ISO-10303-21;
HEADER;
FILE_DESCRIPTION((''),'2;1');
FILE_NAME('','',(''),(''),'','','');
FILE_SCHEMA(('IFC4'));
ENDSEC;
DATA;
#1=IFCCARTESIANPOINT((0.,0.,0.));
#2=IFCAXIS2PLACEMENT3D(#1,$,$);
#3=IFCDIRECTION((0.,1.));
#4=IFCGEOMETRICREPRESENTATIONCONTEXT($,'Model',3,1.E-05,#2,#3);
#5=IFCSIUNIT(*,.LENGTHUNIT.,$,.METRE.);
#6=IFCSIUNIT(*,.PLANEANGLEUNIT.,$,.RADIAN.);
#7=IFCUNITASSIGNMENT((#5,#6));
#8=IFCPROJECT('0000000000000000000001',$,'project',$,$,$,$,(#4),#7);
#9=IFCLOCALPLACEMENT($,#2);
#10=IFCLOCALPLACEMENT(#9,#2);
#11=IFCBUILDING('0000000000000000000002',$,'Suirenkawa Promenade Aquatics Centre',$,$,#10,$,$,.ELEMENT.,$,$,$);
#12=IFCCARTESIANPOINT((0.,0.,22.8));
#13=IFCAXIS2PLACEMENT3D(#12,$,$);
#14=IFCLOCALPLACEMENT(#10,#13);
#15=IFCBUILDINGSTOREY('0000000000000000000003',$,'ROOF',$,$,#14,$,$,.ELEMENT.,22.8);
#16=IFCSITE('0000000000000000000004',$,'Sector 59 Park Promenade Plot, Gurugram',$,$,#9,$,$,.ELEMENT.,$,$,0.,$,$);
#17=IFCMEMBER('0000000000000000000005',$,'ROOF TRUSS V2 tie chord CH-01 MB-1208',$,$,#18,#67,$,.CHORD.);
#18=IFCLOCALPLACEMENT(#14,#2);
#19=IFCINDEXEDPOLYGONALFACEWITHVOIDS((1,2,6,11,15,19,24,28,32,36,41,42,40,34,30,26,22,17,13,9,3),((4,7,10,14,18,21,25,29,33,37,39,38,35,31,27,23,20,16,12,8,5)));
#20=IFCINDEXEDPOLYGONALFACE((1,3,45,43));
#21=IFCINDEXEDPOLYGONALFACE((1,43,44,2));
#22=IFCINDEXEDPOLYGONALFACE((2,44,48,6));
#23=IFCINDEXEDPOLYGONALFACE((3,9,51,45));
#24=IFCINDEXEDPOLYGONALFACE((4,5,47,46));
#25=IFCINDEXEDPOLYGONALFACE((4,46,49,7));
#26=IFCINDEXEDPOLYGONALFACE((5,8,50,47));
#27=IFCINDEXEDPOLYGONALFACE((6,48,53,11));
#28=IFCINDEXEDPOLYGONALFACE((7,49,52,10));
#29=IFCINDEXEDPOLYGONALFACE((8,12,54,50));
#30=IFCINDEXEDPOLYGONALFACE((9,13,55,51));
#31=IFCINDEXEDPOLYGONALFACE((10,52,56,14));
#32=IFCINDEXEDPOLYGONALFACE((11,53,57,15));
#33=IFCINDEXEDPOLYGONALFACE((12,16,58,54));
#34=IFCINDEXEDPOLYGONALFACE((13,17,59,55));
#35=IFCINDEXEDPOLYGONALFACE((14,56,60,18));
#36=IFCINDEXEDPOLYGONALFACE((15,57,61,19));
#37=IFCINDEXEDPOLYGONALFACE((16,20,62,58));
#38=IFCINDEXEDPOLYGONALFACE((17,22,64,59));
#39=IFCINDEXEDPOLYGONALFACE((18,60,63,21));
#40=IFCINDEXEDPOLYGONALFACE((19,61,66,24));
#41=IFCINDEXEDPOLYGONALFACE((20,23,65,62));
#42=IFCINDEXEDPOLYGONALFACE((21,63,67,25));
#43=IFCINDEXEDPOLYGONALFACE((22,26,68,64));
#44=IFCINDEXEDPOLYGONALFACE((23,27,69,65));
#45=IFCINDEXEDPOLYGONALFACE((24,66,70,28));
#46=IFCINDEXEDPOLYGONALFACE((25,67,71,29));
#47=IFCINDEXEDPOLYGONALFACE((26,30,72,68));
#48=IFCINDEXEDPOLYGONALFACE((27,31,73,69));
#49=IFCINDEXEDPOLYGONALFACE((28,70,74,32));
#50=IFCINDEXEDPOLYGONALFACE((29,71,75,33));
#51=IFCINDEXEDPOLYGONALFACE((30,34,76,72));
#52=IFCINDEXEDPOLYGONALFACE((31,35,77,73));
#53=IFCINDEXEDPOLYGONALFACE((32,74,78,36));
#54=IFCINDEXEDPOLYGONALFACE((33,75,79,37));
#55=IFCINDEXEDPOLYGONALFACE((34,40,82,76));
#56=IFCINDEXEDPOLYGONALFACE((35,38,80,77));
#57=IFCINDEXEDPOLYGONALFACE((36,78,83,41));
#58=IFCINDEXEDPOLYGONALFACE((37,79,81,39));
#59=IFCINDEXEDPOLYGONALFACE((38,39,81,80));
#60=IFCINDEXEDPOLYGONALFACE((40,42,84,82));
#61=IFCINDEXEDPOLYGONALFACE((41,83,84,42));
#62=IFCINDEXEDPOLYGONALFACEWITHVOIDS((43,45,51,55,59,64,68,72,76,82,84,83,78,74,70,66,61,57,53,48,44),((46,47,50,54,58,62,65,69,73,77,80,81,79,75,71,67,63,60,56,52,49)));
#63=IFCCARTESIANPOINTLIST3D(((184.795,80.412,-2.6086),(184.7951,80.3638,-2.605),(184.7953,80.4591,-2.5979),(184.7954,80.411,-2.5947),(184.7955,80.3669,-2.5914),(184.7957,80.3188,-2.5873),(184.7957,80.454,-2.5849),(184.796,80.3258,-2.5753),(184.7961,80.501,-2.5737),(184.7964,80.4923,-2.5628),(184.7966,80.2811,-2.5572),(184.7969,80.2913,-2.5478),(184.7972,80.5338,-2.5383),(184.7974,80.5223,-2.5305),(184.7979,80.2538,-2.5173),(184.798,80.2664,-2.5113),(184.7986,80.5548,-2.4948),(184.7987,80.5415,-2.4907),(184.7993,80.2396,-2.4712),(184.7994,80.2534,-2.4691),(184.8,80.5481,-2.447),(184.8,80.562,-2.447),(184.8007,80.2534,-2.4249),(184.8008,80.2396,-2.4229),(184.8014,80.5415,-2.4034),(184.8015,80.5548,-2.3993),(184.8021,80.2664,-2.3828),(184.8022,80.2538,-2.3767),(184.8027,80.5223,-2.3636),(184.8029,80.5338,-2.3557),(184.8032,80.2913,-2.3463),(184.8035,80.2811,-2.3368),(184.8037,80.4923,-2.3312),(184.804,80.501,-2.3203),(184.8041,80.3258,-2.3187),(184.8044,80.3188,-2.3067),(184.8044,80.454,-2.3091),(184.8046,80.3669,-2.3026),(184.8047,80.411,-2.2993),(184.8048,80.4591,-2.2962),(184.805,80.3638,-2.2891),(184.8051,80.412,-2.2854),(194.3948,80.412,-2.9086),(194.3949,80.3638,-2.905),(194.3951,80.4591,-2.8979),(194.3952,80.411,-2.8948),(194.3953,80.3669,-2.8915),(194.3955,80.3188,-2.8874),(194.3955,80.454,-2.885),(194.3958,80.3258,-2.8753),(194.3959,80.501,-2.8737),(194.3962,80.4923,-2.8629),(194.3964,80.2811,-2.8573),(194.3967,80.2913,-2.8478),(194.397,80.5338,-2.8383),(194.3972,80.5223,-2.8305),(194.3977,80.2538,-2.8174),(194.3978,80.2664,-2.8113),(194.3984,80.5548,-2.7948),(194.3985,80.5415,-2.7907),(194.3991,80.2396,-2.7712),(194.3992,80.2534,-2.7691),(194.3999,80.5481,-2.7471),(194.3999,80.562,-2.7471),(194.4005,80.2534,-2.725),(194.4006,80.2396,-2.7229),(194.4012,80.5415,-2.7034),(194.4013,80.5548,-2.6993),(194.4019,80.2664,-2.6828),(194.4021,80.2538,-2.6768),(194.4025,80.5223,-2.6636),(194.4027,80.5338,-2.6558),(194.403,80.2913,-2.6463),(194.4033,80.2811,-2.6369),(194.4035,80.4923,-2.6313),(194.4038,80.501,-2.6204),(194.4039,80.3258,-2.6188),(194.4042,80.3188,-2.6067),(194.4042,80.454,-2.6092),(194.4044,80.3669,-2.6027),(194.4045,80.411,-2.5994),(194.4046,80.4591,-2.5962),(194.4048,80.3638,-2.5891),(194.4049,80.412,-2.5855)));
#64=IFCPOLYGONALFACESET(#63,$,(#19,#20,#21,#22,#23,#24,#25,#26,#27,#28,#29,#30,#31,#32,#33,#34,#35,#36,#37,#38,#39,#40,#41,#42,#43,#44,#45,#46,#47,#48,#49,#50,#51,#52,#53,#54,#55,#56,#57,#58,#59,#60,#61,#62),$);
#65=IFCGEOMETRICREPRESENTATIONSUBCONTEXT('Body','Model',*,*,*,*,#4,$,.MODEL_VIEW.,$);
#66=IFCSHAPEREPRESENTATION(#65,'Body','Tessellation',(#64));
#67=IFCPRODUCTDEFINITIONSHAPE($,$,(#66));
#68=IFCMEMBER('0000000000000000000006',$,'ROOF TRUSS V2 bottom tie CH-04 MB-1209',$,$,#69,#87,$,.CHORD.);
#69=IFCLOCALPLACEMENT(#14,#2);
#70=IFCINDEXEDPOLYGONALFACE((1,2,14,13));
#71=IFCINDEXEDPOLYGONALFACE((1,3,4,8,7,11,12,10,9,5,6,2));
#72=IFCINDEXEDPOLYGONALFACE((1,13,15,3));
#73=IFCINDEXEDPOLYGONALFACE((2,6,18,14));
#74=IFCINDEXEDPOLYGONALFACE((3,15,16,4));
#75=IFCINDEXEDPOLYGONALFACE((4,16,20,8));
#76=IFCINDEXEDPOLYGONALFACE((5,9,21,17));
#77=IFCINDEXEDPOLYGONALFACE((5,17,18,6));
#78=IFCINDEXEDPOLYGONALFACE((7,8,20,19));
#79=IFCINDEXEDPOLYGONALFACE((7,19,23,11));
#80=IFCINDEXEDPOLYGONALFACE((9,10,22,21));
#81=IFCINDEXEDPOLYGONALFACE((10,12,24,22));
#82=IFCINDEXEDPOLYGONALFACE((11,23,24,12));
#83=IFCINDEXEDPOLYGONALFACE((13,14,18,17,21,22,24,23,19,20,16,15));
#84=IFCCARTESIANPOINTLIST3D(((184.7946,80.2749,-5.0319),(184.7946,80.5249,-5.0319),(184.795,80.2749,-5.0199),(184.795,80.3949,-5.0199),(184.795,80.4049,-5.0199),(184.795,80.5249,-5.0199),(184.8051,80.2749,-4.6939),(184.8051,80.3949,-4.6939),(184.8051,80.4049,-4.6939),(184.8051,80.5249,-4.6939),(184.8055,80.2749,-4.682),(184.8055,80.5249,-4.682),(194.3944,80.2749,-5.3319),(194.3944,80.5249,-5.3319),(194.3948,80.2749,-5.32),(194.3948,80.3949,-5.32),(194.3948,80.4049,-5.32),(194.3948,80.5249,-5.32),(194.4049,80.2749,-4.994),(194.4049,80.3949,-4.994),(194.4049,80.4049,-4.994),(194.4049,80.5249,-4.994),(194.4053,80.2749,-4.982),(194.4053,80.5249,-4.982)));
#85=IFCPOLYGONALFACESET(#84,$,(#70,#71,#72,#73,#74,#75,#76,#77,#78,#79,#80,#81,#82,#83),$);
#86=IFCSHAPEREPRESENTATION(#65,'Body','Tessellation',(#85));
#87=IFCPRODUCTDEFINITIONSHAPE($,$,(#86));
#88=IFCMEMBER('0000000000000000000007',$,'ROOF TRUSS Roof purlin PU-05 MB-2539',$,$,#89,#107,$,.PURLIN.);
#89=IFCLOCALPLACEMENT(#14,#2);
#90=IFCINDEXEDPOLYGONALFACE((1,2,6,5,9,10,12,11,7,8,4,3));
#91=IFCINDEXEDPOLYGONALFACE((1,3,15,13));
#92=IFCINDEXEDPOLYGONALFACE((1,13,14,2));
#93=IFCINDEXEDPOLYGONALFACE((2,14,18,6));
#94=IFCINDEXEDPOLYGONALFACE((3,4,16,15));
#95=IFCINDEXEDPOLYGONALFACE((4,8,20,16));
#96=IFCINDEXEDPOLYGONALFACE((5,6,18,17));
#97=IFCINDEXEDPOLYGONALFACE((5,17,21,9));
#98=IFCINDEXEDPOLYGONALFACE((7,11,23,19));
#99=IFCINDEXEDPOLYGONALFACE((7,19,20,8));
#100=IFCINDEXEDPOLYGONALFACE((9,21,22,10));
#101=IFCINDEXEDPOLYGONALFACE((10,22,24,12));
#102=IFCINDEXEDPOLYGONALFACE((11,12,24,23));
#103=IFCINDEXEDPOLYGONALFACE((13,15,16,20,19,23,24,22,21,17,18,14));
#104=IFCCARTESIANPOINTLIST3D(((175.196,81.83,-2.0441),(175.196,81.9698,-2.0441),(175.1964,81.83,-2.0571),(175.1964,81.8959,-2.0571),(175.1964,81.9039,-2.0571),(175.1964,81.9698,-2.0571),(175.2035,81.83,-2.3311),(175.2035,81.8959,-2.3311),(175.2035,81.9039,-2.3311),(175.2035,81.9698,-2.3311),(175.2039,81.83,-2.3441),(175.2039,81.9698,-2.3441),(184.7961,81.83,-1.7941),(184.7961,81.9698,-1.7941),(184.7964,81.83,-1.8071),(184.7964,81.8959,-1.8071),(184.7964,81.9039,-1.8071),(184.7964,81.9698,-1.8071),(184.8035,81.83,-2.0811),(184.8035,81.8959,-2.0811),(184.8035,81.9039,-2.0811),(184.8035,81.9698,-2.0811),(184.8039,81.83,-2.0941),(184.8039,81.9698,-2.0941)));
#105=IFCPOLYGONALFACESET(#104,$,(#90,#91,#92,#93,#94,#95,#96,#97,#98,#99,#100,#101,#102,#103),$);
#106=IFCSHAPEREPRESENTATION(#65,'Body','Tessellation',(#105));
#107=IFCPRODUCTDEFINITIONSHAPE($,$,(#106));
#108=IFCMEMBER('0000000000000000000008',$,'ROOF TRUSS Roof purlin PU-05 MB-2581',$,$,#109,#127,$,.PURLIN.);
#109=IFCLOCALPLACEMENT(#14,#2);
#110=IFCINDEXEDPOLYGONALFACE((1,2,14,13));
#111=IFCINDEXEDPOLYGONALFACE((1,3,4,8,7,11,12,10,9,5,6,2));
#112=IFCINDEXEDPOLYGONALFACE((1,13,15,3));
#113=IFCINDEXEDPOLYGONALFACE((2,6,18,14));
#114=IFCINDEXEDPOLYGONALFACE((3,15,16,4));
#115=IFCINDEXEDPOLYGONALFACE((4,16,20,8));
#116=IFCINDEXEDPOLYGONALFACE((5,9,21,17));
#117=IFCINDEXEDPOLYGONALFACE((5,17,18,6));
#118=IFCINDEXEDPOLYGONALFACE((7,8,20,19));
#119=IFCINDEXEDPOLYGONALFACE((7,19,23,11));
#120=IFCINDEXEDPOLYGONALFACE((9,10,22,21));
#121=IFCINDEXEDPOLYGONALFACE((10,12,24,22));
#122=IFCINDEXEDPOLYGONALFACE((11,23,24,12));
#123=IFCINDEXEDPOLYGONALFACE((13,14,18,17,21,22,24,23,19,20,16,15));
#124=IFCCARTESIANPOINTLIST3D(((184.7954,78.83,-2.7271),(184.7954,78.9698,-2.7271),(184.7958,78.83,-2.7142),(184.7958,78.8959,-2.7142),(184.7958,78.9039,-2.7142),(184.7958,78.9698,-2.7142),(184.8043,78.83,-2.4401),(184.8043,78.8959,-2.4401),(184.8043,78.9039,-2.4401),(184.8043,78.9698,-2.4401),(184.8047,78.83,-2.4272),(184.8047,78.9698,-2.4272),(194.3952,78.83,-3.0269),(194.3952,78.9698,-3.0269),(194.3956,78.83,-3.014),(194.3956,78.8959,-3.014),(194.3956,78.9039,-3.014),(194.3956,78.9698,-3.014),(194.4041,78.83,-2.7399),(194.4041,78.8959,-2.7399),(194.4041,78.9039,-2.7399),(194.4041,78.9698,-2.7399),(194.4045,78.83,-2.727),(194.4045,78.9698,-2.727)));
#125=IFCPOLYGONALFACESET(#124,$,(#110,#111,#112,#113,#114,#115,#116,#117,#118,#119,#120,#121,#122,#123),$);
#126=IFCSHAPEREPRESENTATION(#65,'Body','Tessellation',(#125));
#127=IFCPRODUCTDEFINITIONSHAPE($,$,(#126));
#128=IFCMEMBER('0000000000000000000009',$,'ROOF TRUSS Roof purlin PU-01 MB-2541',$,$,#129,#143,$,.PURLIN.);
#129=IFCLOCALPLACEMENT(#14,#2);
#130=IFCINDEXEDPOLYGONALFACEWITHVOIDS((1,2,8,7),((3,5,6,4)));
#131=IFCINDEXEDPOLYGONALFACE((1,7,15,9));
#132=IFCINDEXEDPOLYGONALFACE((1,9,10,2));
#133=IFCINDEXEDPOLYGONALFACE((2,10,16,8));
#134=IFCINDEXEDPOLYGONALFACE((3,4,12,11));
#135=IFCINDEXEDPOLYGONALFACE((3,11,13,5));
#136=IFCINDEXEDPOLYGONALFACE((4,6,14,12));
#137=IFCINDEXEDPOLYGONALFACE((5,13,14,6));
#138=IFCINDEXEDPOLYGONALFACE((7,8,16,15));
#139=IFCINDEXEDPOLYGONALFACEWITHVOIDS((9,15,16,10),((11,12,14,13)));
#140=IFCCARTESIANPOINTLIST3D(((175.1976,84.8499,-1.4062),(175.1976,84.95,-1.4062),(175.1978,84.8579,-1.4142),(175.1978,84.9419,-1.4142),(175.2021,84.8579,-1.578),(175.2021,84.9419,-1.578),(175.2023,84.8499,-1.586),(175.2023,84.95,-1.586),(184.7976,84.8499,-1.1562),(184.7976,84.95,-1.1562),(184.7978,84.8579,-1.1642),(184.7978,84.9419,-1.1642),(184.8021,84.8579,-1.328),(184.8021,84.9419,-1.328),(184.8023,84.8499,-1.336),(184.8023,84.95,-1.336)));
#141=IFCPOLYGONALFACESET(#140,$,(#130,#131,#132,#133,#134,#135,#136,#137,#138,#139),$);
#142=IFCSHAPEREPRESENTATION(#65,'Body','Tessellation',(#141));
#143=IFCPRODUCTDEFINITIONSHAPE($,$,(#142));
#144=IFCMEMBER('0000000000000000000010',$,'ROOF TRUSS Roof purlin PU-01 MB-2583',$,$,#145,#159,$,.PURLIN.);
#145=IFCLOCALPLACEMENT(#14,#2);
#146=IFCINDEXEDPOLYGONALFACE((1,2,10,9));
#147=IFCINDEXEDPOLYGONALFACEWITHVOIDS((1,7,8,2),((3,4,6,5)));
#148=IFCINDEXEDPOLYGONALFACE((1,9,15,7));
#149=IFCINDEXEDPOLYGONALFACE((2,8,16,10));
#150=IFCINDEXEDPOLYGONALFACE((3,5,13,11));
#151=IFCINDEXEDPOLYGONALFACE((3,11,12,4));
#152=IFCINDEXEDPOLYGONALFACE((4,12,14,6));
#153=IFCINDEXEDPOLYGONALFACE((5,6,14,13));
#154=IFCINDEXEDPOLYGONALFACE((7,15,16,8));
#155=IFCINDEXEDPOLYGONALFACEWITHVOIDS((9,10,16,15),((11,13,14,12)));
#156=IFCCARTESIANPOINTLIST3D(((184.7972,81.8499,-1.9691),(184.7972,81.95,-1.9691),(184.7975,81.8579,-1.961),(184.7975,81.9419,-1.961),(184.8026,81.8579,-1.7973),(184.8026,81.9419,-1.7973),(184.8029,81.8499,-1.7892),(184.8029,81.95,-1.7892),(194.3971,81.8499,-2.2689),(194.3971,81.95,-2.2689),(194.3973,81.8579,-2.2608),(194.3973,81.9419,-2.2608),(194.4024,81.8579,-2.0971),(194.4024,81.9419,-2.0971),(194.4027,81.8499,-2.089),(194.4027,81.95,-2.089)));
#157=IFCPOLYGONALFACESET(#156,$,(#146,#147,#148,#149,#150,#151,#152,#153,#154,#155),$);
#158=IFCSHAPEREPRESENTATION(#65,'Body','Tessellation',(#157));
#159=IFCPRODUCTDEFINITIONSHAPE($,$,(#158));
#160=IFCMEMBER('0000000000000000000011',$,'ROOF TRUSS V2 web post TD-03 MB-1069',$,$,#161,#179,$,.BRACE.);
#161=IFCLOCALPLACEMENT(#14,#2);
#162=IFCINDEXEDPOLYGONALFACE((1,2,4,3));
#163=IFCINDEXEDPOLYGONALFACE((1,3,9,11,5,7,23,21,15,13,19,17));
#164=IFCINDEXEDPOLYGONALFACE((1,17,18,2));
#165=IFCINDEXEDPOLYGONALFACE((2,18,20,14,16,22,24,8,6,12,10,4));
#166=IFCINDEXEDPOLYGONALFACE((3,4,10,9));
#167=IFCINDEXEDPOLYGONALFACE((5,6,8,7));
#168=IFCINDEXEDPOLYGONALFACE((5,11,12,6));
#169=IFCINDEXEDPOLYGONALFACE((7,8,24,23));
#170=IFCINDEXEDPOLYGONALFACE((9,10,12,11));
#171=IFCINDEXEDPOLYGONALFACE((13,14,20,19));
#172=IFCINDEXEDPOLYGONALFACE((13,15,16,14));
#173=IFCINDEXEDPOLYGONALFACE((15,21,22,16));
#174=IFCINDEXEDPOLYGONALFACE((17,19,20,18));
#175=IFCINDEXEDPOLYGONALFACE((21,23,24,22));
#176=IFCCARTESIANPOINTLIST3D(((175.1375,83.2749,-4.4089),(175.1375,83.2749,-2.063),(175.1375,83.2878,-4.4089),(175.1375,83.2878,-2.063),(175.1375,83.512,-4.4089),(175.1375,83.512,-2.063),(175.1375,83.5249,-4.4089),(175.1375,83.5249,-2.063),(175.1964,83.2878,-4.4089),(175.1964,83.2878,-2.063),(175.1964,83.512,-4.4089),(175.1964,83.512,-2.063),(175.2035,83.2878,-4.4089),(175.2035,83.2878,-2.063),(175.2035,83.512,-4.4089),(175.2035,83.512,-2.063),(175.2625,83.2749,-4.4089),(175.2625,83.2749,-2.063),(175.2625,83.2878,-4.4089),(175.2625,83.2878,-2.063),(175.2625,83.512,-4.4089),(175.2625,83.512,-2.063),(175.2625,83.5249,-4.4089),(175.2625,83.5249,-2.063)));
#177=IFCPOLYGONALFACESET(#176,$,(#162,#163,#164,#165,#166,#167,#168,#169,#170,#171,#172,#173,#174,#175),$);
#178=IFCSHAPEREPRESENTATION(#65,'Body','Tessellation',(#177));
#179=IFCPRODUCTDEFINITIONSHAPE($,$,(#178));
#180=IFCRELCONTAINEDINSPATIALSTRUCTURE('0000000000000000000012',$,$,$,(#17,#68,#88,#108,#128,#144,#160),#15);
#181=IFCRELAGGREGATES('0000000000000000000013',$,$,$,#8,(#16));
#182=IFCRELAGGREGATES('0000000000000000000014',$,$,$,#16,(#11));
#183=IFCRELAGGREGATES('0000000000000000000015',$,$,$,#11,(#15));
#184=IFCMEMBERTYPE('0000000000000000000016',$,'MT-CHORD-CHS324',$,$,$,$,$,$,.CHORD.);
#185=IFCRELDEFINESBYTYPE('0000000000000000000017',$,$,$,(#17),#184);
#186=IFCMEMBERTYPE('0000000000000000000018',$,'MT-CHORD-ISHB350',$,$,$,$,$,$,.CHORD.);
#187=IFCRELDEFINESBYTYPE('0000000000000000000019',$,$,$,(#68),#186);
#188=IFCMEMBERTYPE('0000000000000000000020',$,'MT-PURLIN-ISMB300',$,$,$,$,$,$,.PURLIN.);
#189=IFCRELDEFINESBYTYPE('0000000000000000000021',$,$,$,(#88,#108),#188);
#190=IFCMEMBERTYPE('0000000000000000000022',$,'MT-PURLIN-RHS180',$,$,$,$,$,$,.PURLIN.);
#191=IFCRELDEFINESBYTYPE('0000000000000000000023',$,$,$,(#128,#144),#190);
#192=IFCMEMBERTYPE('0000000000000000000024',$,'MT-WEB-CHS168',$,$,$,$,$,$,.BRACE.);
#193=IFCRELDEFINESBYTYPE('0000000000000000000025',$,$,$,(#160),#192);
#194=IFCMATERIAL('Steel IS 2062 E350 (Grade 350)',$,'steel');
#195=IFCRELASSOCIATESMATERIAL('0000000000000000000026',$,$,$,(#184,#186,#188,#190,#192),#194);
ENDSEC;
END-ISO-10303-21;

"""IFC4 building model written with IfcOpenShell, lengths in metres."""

from ifc_helpers import new_model, si_unit, direction, frame, origin, origin_2d, place, context, subcontext, project, spatial, hollow_rectangle, hollow_circle, i_section, extrude, material, material_profile, profile_set, type_object, element, save


model = new_model("IFC4")

# Units and contexts
model_context = context("Model", 3, precision=1e-05, world=origin(), true_north=direction((0.0, 1.0)))
body_context = subcontext(model_context, "Body", "Model", "MODEL_VIEW")
ifc_project = project(units=[si_unit("LENGTHUNIT", "METRE"), si_unit("PLANEANGLEUNIT", "RADIAN")], contexts=[model_context])

# Site, building, storey
site_placement = place(None, origin())
site = spatial("IfcSite", under=ifc_project, at=site_placement, Name="Sector 59 Park Promenade Plot, Gurugram", CompositionType="ELEMENT", RefElevation=0.0)
building_placement = place(site_placement, origin())
building = spatial("IfcBuilding", under=site, at=building_placement, Name="Suirenkawa Promenade Aquatics Centre", CompositionType="ELEMENT")
storey_placement = place(building_placement, frame((0.0, 0.0, 22.8)))
storey = spatial("IfcBuildingStorey", under=building, at=storey_placement, Name="ROOF", CompositionType="ELEMENT", Elevation=22.8)

# Shared definitions
ifc_material = material(Name="Steel IS 2062 E350 (Grade 350)", Category="steel")

# Members
ifc_material_profile_1 = material_profile(ifc_material, hollow_circle(Radius=0.1621, WallThickness=0.0139, at=origin_2d()), Name="CHS 324x14", Category="steel")
ifc_profile_set_1 = profile_set([ifc_material_profile_1], Name="Steel IS 2062 E350 (Grade 350)")
member_type_1 = type_object("IfcMemberType", Name="MT-CHORD-CHS324", PredefinedType="CHORD", material=ifc_profile_set_1)
member_1_placement = place(storey_placement, frame((184.8, 80.3999, -2.447), z_axis=(0.999512, 0.0, -0.03124), x_axis=(0.0, 1.0, 0.0)))
element("IfcMember", 1, at=member_1_placement, inside=storey, type_object=member_type_1, Name="ROOF TRUSS V2 tie chord CH-01 MB-1208", PredefinedType="CHORD", context=body_context, shape_type="SweptSolid", body=[
    extrude(hollow_circle(Radius=0.1621, WallThickness=0.0139, at=origin_2d()), origin(), (0.0, 0.0, 1.0), 9.6045),
])
ifc_material_profile_2 = material_profile(ifc_material, i_section(OverallWidth=0.25, OverallDepth=0.3501, WebThickness=0.01, FlangeThickness=0.012, at=origin_2d()), Name="ISHB 350", Category="steel")
ifc_profile_set_2 = profile_set([ifc_material_profile_2], Name="Steel IS 2062 E350 (Grade 350)")
member_type_2 = type_object("IfcMemberType", Name="MT-CHORD-ISHB350", PredefinedType="CHORD", material=ifc_profile_set_2)
member_2_placement = place(storey_placement, frame((184.8, 80.3999, -4.8569), z_axis=(0.999512, 0.0, -0.03124), x_axis=(0.0, 1.0, 0.0)))
element("IfcMember", 2, at=member_2_placement, inside=storey, type_object=member_type_2, Name="ROOF TRUSS V2 bottom tie CH-04 MB-1209", PredefinedType="CHORD", context=body_context, shape_type="SweptSolid", body=[
    extrude(i_section(OverallWidth=0.25, OverallDepth=0.3501, WebThickness=0.01, FlangeThickness=0.012, at=origin_2d()), origin(), (0.0, 0.0, 1.0), 9.6045),
])
ifc_material_profile_3 = material_profile(ifc_material, i_section(OverallWidth=0.1399, OverallDepth=0.3, WebThickness=0.0081, FlangeThickness=0.0129, at=origin_2d()), Name="ISMB 300", Category="steel")
ifc_profile_set_3 = profile_set([ifc_material_profile_3], Name="Steel IS 2062 E350 (Grade 350)")
member_type_3 = type_object("IfcMemberType", Name="MT-PURLIN-ISMB300", PredefinedType="PURLIN", material=ifc_profile_set_3)
member_3_placement = place(storey_placement, frame((175.2, 81.8999, -2.1941), z_axis=(0.999661, 0.0, 0.026033), x_axis=(0.0, 1.0, 0.0)))
element("IfcMember", 3, at=member_3_placement, inside=storey, type_object=member_type_3, Name="ROOF TRUSS Roof purlin PU-05 MB-2539", PredefinedType="PURLIN", context=body_context, shape_type="SweptSolid", body=[
    extrude(i_section(OverallWidth=0.1399, OverallDepth=0.3, WebThickness=0.0081, FlangeThickness=0.0129, at=origin_2d()), origin(), (0.0, 0.0, 1.0), 9.6033),
])
member_4_placement = place(storey_placement, frame((184.8, 78.8999, -2.5771), z_axis=(0.999513, 0.0, -0.031215), x_axis=(0.0, 1.0, 0.0)))
element("IfcMember", 4, at=member_4_placement, inside=storey, type_object=member_type_3, Name="ROOF TRUSS Roof purlin PU-05 MB-2581", PredefinedType="PURLIN", context=body_context, shape_type="SweptSolid", body=[
    extrude(i_section(OverallWidth=0.1399, OverallDepth=0.3, WebThickness=0.0081, FlangeThickness=0.0129, at=origin_2d()), origin(), (0.0, 0.0, 1.0), 9.6045),
])
ifc_material_profile_4 = material_profile(ifc_material, hollow_rectangle(XDim=0.1001, YDim=0.1799, WallThickness=0.0081, at=origin_2d()), Name="RHS 180x100x8", Category="steel")
ifc_profile_set_4 = profile_set([ifc_material_profile_4], Name="Steel IS 2062 E350 (Grade 350)")
member_type_4 = type_object("IfcMemberType", Name="MT-PURLIN-RHS180", PredefinedType="PURLIN", material=ifc_profile_set_4)
member_5_placement = place(storey_placement, frame((175.2, 84.8999, -1.4961), z_axis=(0.999661, 0.0, 0.026033), x_axis=(0.0, 1.0, 0.0)))
element("IfcMember", 5, at=member_5_placement, inside=storey, type_object=member_type_4, Name="ROOF TRUSS Roof purlin PU-01 MB-2541", PredefinedType="PURLIN", context=body_context, shape_type="SweptSolid", body=[
    extrude(hollow_rectangle(XDim=0.1001, YDim=0.1799, WallThickness=0.0081, at=origin_2d()), origin(), (0.0, 0.0, 1.0), 9.6033),
])
member_6_placement = place(storey_placement, frame((184.8, 81.8999, -1.8792), z_axis=(0.999513, 0.0, -0.031215), x_axis=(0.0, 1.0, 0.0)))
element("IfcMember", 6, at=member_6_placement, inside=storey, type_object=member_type_4, Name="ROOF TRUSS Roof purlin PU-01 MB-2583", PredefinedType="PURLIN", context=body_context, shape_type="SweptSolid", body=[
    extrude(hollow_rectangle(XDim=0.1001, YDim=0.1799, WallThickness=0.0081, at=origin_2d()), origin(), (0.0, 0.0, 1.0), 9.6045),
])
ifc_material_profile_5 = material_profile(ifc_material, i_section(OverallWidth=0.125, OverallDepth=0.25, WebThickness=0.0071, FlangeThickness=0.0129, at=origin_2d()), Name="ISMB 250", Category="steel")
ifc_profile_set_5 = profile_set([ifc_material_profile_5], Name="Steel IS 2062 E350 (Grade 350)")
member_type_5 = type_object("IfcMemberType", Name="MT-WEB-CHS168", PredefinedType="BRACE", material=ifc_profile_set_5)
member_7_placement = place(storey_placement, frame((175.2, 83.3999, -4.4089), z_axis=(0.0, 0.0, 1.0), x_axis=(1.0, 0.0, 0.0)))
element("IfcMember", 7, at=member_7_placement, inside=storey, type_object=member_type_5, Name="ROOF TRUSS V2 web post TD-03 MB-1069", PredefinedType="BRACE", context=body_context, shape_type="SweptSolid", body=[
    extrude(i_section(OverallWidth=0.125, OverallDepth=0.25, WebThickness=0.0071, FlangeThickness=0.0129, at=origin_2d()), origin(), (0.0, 0.0, 1.0), 2.3459),
])

save(model, "model.ifc")
